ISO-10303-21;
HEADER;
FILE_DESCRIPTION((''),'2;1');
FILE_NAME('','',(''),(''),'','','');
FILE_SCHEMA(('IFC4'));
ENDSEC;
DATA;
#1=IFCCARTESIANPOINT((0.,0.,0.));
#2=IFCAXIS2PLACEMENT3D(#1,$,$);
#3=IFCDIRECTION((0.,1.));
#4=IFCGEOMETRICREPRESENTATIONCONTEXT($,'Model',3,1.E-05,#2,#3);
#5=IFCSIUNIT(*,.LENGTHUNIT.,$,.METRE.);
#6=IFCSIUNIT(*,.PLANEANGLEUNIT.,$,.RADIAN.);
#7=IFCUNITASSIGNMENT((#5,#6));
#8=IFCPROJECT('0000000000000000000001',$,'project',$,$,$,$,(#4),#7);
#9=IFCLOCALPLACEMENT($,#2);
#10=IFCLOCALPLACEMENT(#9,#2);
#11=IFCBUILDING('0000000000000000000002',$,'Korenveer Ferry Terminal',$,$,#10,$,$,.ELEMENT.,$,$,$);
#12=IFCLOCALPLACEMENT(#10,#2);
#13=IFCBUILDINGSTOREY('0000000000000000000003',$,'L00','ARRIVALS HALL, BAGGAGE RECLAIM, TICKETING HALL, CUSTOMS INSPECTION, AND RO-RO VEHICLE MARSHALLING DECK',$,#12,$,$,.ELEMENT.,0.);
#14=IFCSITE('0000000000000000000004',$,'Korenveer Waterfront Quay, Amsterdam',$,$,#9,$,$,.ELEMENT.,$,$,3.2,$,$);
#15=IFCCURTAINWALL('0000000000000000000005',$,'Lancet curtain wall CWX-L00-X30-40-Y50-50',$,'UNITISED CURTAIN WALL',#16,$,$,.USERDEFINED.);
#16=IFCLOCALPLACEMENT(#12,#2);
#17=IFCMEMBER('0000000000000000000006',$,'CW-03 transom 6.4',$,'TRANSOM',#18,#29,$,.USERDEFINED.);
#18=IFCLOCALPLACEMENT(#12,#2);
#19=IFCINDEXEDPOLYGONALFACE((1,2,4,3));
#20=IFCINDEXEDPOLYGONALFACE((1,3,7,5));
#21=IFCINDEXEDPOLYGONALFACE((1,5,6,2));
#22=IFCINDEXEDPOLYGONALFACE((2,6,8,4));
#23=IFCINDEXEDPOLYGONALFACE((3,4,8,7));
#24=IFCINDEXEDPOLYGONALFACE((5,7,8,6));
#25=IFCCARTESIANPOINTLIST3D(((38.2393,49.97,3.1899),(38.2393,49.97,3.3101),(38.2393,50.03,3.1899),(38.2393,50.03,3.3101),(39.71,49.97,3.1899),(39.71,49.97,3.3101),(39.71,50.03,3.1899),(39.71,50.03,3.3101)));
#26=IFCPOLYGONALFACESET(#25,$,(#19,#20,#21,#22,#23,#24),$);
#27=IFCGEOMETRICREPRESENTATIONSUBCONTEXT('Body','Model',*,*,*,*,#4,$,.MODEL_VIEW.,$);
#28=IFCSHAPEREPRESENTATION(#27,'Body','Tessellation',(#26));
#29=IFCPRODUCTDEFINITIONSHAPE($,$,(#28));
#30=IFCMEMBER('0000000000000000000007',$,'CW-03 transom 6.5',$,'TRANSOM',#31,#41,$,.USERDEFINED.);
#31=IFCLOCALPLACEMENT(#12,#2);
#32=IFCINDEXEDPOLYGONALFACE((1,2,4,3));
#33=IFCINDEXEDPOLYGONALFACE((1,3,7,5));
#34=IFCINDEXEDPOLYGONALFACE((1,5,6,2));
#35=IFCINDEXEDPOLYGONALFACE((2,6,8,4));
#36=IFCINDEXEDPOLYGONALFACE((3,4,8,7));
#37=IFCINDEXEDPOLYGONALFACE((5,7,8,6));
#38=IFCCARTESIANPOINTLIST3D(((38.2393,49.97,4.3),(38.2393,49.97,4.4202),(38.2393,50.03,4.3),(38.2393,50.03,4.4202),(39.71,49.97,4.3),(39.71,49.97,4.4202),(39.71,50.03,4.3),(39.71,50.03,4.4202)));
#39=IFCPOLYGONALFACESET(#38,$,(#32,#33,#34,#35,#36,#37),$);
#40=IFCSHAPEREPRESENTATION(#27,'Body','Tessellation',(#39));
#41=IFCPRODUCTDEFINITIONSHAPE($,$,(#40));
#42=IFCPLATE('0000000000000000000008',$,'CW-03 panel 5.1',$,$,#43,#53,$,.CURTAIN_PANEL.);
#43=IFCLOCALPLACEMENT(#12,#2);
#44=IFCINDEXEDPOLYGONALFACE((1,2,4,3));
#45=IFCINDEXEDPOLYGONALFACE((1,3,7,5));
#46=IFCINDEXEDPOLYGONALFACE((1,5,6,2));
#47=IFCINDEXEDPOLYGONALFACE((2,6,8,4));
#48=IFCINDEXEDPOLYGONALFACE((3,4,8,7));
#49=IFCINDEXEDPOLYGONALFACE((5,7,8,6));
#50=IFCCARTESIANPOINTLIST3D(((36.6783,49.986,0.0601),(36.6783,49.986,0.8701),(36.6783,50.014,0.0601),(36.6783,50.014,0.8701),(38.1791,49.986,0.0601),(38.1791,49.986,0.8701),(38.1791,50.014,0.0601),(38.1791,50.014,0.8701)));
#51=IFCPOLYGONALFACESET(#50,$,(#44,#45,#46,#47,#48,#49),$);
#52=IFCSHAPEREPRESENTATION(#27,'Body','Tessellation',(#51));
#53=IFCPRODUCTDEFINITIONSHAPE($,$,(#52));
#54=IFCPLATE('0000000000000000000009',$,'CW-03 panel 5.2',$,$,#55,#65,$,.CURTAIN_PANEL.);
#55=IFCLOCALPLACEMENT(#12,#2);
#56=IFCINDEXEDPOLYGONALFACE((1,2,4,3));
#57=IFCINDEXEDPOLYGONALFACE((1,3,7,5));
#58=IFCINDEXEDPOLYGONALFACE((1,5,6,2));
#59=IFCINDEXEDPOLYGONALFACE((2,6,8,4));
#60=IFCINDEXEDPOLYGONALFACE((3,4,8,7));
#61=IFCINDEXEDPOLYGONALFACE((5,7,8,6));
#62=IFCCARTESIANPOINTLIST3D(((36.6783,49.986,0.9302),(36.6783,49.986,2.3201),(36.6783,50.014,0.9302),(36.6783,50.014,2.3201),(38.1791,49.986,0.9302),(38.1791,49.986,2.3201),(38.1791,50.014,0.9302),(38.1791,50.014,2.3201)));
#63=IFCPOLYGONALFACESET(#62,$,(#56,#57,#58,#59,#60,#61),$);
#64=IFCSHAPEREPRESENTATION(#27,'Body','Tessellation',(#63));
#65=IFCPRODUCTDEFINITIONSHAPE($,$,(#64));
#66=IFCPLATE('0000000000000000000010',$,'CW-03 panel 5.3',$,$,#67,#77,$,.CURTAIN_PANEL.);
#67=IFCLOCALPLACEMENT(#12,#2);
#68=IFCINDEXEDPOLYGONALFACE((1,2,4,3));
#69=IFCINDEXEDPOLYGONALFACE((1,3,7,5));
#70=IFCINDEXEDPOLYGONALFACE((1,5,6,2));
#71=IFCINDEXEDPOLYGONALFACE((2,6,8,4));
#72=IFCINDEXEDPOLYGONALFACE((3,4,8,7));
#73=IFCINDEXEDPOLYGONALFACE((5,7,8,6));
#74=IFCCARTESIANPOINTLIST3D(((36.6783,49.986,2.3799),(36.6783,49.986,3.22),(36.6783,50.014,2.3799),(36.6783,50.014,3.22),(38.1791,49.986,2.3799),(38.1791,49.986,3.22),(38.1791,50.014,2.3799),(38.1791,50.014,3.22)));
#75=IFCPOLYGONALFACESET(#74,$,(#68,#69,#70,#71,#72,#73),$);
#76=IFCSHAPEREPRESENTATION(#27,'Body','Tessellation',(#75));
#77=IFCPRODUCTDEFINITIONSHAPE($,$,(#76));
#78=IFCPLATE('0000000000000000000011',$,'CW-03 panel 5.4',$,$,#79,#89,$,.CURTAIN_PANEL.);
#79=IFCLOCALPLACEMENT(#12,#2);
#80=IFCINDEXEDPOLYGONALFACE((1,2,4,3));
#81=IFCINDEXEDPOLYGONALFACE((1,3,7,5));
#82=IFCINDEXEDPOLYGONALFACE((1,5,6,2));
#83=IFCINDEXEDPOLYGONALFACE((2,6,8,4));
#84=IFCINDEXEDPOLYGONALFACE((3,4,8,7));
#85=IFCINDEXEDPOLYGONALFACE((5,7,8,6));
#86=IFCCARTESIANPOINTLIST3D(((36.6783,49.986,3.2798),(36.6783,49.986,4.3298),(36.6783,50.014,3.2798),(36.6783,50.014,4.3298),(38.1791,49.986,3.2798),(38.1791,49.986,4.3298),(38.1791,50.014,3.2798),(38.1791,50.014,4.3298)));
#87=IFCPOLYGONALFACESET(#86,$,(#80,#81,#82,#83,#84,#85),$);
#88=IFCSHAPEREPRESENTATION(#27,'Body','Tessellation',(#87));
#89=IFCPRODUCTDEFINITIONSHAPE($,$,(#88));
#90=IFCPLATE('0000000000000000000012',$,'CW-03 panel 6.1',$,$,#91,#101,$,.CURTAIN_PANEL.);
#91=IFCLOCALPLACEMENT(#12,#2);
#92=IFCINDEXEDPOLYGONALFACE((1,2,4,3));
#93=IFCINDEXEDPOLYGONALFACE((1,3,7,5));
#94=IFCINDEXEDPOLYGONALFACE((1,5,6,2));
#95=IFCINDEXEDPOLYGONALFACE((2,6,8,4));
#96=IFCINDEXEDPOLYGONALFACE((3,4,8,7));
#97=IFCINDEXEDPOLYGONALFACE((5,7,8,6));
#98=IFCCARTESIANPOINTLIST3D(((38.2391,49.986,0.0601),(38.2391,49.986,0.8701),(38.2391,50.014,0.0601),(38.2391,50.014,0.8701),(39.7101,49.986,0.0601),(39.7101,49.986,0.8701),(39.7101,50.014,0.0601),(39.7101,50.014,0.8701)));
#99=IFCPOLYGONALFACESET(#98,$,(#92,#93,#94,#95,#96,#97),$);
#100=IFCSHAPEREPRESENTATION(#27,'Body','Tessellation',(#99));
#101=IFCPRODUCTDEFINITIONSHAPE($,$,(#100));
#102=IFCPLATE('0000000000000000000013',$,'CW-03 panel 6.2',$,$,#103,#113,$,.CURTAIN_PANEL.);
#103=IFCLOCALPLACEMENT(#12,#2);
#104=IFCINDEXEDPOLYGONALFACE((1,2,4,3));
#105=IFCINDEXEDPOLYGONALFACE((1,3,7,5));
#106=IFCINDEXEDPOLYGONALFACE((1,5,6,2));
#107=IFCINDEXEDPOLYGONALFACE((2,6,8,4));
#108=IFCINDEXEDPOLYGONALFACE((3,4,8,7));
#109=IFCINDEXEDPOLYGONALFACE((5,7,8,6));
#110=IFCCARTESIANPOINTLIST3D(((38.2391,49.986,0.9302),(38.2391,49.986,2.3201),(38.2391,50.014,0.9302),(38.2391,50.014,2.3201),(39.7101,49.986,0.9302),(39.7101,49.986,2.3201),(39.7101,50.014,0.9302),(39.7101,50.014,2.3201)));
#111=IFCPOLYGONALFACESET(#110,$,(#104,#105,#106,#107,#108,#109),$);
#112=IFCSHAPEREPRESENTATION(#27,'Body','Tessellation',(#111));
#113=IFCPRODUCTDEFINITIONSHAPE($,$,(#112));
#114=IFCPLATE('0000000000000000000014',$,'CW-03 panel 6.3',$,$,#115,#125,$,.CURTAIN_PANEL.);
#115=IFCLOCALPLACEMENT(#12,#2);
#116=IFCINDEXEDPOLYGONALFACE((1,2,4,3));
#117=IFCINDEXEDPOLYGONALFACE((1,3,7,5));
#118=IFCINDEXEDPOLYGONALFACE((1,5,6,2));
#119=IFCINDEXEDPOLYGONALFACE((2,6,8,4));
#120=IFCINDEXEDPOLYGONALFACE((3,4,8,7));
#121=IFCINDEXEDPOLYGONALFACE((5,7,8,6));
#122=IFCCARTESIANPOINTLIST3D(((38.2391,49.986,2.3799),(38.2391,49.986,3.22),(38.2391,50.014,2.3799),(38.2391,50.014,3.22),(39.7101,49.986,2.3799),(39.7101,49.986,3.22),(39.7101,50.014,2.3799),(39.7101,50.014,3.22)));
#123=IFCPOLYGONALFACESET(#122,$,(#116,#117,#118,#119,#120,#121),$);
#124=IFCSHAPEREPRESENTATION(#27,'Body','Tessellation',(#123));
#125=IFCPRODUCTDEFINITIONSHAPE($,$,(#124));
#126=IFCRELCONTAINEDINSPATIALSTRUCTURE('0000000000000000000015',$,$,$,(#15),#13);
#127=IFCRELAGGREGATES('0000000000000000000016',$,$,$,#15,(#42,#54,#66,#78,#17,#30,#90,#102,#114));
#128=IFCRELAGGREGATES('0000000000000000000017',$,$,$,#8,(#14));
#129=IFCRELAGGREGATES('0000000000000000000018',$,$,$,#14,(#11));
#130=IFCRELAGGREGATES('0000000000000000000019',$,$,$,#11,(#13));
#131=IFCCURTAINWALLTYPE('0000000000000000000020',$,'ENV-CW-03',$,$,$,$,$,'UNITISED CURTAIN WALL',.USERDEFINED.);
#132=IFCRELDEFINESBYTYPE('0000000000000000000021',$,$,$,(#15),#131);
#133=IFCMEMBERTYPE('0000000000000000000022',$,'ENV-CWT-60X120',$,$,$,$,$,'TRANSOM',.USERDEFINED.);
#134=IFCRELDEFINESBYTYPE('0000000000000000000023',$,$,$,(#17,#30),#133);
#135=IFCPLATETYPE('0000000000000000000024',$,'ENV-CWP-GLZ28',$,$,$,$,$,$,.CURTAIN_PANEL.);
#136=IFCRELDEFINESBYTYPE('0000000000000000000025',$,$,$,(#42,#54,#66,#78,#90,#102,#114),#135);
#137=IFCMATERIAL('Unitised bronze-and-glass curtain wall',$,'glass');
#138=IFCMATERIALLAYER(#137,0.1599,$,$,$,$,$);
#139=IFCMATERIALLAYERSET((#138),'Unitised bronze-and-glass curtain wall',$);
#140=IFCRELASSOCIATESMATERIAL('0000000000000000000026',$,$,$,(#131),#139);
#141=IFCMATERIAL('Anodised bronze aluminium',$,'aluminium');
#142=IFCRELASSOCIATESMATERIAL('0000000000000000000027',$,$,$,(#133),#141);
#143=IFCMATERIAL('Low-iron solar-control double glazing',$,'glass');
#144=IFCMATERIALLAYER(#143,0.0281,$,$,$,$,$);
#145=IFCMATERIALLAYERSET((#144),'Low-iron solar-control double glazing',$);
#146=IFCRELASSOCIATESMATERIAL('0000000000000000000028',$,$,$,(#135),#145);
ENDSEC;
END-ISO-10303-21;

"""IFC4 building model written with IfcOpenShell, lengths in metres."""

from ifc_helpers import new_model, si_unit, direction, frame, origin, origin_2d, place, context, subcontext, project, spatial, rectangle, extrude, material, layer, layer_set, material_profile, profile_set, type_object, element, aggregate, save


model = new_model("IFC4")

# Units and contexts
model_context = context("Model", 3, precision=1e-05, world=origin(), true_north=direction((0.0, 1.0)))
body_context = subcontext(model_context, "Body", "Model", "MODEL_VIEW")
ifc_project = project(units=[si_unit("LENGTHUNIT", "METRE"), si_unit("PLANEANGLEUNIT", "RADIAN")], contexts=[model_context])

# Site, building, storey
site_placement = place(None, origin())
site = spatial("IfcSite", under=ifc_project, at=site_placement, Name="Korenveer Waterfront Quay, Amsterdam", CompositionType="ELEMENT", RefElevation=3.2)
building_placement = place(site_placement, origin())
building = spatial("IfcBuilding", under=site, at=building_placement, Name="Korenveer Ferry Terminal", CompositionType="ELEMENT")
storey_placement = place(building_placement, origin())
storey = spatial("IfcBuildingStorey", under=building, at=storey_placement, Name="L00", Description="ARRIVALS HALL, BAGGAGE RECLAIM, TICKETING HALL, CUSTOMS INSPECTION, AND RO-RO VEHICLE MARSHALLING DECK", CompositionType="ELEMENT", Elevation=0.0)

# Curtain wall, members, plates
ifc_material_1 = material(Name="Unitised bronze-and-glass curtain wall", Category="glass")
ifc_layer_1 = layer(ifc_material_1, 0.1599)
ifc_layer_set_1 = layer_set([ifc_layer_1], Name="Unitised bronze-and-glass curtain wall")
curtain_wall_type = type_object("IfcCurtainWallType", Name="ENV-CW-03", ElementType="UNITISED CURTAIN WALL", PredefinedType="USERDEFINED", material=ifc_layer_set_1)
curtain_wall_placement = place(storey_placement, frame((30.405, 50.0, 0.0)))
curtain_wall = element("IfcCurtainWall", 1, at=curtain_wall_placement, inside=storey, type_object=curtain_wall_type, Name="Lancet curtain wall CWX-L00-X30-40-Y50-50", ObjectType="UNITISED CURTAIN WALL", PredefinedType="USERDEFINED")
ifc_material_2 = material(Name="Anodised bronze aluminium", Category="aluminium")
ifc_material_profile_1 = material_profile(ifc_material_2, rectangle(XDim=0.0601, YDim=0.1201, at=origin_2d()), Name="ALU 60x120")
ifc_profile_set_1 = profile_set([ifc_material_profile_1], Name="Anodised bronze aluminium")
member_type_1 = type_object("IfcMemberType", Name="ENV-CWT-60X120", ElementType="TRANSOM", PredefinedType="USERDEFINED", material=ifc_profile_set_1)
member_1_placement = place(storey_placement, frame((38.2393, 50.0, 3.25), z_axis=(1.0, 0.0, 0.0), x_axis=(0.0, 1.0, 0.0)))
member_1 = element("IfcMember", 2, at=member_1_placement, type_object=member_type_1, Name="CW-03 transom 6.4", ObjectType="TRANSOM", PredefinedType="USERDEFINED", context=body_context, shape_type="SweptSolid", body=[
    extrude(rectangle(XDim=0.0601, YDim=0.1201, at=origin_2d()), origin(), (0.0, 0.0, 1.0), 1.4707),
])
member_2_placement = place(storey_placement, frame((38.2393, 50.0, 4.3601), z_axis=(1.0, 0.0, 0.0), x_axis=(0.0, 1.0, 0.0)))
member_2 = element("IfcMember", 3, at=member_2_placement, type_object=member_type_1, Name="CW-03 transom 6.5", ObjectType="TRANSOM", PredefinedType="USERDEFINED", context=body_context, shape_type="SweptSolid", body=[
    extrude(rectangle(XDim=0.0601, YDim=0.1201, at=origin_2d()), origin(), (0.0, 0.0, 1.0), 1.4707),
])
ifc_material_3 = material(Name="Low-iron solar-control double glazing", Category="glass")
ifc_layer_2 = layer(ifc_material_3, 0.0281)
ifc_layer_set_2 = layer_set([ifc_layer_2], Name="Low-iron solar-control double glazing")
plate_type = type_object("IfcPlateType", Name="ENV-CWP-GLZ28", PredefinedType="CURTAIN_PANEL", material=ifc_layer_set_2)
plate_1_placement = place(storey_placement, frame((37.4287, 50.0, 0.0601), z_axis=(0.0, 0.0, 1.0), x_axis=(1.0, 0.0, 0.0)))
plate_1 = element("IfcPlate", 4, at=plate_1_placement, type_object=plate_type, Name="CW-03 panel 5.1", PredefinedType="CURTAIN_PANEL", context=body_context, shape_type="SweptSolid", body=[
    extrude(rectangle(XDim=1.5007, YDim=0.0281, at=origin_2d()), origin(), (0.0, 0.0, 1.0), 0.8101),
])
plate_2_placement = place(storey_placement, frame((37.4287, 50.0, 0.9302), z_axis=(0.0, 0.0, 1.0), x_axis=(1.0, 0.0, 0.0)))
plate_2 = element("IfcPlate", 5, at=plate_2_placement, type_object=plate_type, Name="CW-03 panel 5.2", PredefinedType="CURTAIN_PANEL", context=body_context, shape_type="SweptSolid", body=[
    extrude(rectangle(XDim=1.5007, YDim=0.0281, at=origin_2d()), origin(), (0.0, 0.0, 1.0), 1.3899),
])
plate_3_placement = place(storey_placement, frame((37.4287, 50.0, 2.3799), z_axis=(0.0, 0.0, 1.0), x_axis=(1.0, 0.0, 0.0)))
plate_3 = element("IfcPlate", 6, at=plate_3_placement, type_object=plate_type, Name="CW-03 panel 5.3", PredefinedType="CURTAIN_PANEL", context=body_context, shape_type="SweptSolid", body=[
    extrude(rectangle(XDim=1.5007, YDim=0.0281, at=origin_2d()), origin(), (0.0, 0.0, 1.0), 0.8401),
])
plate_4_placement = place(storey_placement, frame((37.4287, 50.0, 3.2798), z_axis=(0.0, 0.0, 1.0), x_axis=(1.0, 0.0, 0.0)))
plate_4 = element("IfcPlate", 7, at=plate_4_placement, type_object=plate_type, Name="CW-03 panel 5.4", PredefinedType="CURTAIN_PANEL", context=body_context, shape_type="SweptSolid", body=[
    extrude(rectangle(XDim=1.5007, YDim=0.0281, at=origin_2d()), origin(), (0.0, 0.0, 1.0), 1.05),
])
plate_5_placement = place(storey_placement, frame((38.9746, 50.0, 0.0601), z_axis=(0.0, 0.0, 1.0), x_axis=(1.0, 0.0, 0.0)))
plate_5 = element("IfcPlate", 8, at=plate_5_placement, type_object=plate_type, Name="CW-03 panel 6.1", PredefinedType="CURTAIN_PANEL", context=body_context, shape_type="SweptSolid", body=[
    extrude(rectangle(XDim=1.4709, YDim=0.0281, at=origin_2d()), origin(), (0.0, 0.0, 1.0), 0.8101),
])
plate_6_placement = place(storey_placement, frame((38.9746, 50.0, 0.9302), z_axis=(0.0, 0.0, 1.0), x_axis=(1.0, 0.0, 0.0)))
plate_6 = element("IfcPlate", 9, at=plate_6_placement, type_object=plate_type, Name="CW-03 panel 6.2", PredefinedType="CURTAIN_PANEL", context=body_context, shape_type="SweptSolid", body=[
    extrude(rectangle(XDim=1.4709, YDim=0.0281, at=origin_2d()), origin(), (0.0, 0.0, 1.0), 1.3899),
])
plate_7_placement = place(storey_placement, frame((38.9746, 50.0, 2.3799), z_axis=(0.0, 0.0, 1.0), x_axis=(1.0, 0.0, 0.0)))
plate_7 = element("IfcPlate", 10, at=plate_7_placement, type_object=plate_type, Name="CW-03 panel 6.3", PredefinedType="CURTAIN_PANEL", context=body_context, shape_type="SweptSolid", body=[
    extrude(rectangle(XDim=1.4709, YDim=0.0281, at=origin_2d()), origin(), (0.0, 0.0, 1.0), 0.8401),
])
aggregate(curtain_wall, [plate_1, plate_2, plate_3, plate_4, member_1, member_2, plate_5, plate_6, plate_7])

save(model, "model.ifc")
